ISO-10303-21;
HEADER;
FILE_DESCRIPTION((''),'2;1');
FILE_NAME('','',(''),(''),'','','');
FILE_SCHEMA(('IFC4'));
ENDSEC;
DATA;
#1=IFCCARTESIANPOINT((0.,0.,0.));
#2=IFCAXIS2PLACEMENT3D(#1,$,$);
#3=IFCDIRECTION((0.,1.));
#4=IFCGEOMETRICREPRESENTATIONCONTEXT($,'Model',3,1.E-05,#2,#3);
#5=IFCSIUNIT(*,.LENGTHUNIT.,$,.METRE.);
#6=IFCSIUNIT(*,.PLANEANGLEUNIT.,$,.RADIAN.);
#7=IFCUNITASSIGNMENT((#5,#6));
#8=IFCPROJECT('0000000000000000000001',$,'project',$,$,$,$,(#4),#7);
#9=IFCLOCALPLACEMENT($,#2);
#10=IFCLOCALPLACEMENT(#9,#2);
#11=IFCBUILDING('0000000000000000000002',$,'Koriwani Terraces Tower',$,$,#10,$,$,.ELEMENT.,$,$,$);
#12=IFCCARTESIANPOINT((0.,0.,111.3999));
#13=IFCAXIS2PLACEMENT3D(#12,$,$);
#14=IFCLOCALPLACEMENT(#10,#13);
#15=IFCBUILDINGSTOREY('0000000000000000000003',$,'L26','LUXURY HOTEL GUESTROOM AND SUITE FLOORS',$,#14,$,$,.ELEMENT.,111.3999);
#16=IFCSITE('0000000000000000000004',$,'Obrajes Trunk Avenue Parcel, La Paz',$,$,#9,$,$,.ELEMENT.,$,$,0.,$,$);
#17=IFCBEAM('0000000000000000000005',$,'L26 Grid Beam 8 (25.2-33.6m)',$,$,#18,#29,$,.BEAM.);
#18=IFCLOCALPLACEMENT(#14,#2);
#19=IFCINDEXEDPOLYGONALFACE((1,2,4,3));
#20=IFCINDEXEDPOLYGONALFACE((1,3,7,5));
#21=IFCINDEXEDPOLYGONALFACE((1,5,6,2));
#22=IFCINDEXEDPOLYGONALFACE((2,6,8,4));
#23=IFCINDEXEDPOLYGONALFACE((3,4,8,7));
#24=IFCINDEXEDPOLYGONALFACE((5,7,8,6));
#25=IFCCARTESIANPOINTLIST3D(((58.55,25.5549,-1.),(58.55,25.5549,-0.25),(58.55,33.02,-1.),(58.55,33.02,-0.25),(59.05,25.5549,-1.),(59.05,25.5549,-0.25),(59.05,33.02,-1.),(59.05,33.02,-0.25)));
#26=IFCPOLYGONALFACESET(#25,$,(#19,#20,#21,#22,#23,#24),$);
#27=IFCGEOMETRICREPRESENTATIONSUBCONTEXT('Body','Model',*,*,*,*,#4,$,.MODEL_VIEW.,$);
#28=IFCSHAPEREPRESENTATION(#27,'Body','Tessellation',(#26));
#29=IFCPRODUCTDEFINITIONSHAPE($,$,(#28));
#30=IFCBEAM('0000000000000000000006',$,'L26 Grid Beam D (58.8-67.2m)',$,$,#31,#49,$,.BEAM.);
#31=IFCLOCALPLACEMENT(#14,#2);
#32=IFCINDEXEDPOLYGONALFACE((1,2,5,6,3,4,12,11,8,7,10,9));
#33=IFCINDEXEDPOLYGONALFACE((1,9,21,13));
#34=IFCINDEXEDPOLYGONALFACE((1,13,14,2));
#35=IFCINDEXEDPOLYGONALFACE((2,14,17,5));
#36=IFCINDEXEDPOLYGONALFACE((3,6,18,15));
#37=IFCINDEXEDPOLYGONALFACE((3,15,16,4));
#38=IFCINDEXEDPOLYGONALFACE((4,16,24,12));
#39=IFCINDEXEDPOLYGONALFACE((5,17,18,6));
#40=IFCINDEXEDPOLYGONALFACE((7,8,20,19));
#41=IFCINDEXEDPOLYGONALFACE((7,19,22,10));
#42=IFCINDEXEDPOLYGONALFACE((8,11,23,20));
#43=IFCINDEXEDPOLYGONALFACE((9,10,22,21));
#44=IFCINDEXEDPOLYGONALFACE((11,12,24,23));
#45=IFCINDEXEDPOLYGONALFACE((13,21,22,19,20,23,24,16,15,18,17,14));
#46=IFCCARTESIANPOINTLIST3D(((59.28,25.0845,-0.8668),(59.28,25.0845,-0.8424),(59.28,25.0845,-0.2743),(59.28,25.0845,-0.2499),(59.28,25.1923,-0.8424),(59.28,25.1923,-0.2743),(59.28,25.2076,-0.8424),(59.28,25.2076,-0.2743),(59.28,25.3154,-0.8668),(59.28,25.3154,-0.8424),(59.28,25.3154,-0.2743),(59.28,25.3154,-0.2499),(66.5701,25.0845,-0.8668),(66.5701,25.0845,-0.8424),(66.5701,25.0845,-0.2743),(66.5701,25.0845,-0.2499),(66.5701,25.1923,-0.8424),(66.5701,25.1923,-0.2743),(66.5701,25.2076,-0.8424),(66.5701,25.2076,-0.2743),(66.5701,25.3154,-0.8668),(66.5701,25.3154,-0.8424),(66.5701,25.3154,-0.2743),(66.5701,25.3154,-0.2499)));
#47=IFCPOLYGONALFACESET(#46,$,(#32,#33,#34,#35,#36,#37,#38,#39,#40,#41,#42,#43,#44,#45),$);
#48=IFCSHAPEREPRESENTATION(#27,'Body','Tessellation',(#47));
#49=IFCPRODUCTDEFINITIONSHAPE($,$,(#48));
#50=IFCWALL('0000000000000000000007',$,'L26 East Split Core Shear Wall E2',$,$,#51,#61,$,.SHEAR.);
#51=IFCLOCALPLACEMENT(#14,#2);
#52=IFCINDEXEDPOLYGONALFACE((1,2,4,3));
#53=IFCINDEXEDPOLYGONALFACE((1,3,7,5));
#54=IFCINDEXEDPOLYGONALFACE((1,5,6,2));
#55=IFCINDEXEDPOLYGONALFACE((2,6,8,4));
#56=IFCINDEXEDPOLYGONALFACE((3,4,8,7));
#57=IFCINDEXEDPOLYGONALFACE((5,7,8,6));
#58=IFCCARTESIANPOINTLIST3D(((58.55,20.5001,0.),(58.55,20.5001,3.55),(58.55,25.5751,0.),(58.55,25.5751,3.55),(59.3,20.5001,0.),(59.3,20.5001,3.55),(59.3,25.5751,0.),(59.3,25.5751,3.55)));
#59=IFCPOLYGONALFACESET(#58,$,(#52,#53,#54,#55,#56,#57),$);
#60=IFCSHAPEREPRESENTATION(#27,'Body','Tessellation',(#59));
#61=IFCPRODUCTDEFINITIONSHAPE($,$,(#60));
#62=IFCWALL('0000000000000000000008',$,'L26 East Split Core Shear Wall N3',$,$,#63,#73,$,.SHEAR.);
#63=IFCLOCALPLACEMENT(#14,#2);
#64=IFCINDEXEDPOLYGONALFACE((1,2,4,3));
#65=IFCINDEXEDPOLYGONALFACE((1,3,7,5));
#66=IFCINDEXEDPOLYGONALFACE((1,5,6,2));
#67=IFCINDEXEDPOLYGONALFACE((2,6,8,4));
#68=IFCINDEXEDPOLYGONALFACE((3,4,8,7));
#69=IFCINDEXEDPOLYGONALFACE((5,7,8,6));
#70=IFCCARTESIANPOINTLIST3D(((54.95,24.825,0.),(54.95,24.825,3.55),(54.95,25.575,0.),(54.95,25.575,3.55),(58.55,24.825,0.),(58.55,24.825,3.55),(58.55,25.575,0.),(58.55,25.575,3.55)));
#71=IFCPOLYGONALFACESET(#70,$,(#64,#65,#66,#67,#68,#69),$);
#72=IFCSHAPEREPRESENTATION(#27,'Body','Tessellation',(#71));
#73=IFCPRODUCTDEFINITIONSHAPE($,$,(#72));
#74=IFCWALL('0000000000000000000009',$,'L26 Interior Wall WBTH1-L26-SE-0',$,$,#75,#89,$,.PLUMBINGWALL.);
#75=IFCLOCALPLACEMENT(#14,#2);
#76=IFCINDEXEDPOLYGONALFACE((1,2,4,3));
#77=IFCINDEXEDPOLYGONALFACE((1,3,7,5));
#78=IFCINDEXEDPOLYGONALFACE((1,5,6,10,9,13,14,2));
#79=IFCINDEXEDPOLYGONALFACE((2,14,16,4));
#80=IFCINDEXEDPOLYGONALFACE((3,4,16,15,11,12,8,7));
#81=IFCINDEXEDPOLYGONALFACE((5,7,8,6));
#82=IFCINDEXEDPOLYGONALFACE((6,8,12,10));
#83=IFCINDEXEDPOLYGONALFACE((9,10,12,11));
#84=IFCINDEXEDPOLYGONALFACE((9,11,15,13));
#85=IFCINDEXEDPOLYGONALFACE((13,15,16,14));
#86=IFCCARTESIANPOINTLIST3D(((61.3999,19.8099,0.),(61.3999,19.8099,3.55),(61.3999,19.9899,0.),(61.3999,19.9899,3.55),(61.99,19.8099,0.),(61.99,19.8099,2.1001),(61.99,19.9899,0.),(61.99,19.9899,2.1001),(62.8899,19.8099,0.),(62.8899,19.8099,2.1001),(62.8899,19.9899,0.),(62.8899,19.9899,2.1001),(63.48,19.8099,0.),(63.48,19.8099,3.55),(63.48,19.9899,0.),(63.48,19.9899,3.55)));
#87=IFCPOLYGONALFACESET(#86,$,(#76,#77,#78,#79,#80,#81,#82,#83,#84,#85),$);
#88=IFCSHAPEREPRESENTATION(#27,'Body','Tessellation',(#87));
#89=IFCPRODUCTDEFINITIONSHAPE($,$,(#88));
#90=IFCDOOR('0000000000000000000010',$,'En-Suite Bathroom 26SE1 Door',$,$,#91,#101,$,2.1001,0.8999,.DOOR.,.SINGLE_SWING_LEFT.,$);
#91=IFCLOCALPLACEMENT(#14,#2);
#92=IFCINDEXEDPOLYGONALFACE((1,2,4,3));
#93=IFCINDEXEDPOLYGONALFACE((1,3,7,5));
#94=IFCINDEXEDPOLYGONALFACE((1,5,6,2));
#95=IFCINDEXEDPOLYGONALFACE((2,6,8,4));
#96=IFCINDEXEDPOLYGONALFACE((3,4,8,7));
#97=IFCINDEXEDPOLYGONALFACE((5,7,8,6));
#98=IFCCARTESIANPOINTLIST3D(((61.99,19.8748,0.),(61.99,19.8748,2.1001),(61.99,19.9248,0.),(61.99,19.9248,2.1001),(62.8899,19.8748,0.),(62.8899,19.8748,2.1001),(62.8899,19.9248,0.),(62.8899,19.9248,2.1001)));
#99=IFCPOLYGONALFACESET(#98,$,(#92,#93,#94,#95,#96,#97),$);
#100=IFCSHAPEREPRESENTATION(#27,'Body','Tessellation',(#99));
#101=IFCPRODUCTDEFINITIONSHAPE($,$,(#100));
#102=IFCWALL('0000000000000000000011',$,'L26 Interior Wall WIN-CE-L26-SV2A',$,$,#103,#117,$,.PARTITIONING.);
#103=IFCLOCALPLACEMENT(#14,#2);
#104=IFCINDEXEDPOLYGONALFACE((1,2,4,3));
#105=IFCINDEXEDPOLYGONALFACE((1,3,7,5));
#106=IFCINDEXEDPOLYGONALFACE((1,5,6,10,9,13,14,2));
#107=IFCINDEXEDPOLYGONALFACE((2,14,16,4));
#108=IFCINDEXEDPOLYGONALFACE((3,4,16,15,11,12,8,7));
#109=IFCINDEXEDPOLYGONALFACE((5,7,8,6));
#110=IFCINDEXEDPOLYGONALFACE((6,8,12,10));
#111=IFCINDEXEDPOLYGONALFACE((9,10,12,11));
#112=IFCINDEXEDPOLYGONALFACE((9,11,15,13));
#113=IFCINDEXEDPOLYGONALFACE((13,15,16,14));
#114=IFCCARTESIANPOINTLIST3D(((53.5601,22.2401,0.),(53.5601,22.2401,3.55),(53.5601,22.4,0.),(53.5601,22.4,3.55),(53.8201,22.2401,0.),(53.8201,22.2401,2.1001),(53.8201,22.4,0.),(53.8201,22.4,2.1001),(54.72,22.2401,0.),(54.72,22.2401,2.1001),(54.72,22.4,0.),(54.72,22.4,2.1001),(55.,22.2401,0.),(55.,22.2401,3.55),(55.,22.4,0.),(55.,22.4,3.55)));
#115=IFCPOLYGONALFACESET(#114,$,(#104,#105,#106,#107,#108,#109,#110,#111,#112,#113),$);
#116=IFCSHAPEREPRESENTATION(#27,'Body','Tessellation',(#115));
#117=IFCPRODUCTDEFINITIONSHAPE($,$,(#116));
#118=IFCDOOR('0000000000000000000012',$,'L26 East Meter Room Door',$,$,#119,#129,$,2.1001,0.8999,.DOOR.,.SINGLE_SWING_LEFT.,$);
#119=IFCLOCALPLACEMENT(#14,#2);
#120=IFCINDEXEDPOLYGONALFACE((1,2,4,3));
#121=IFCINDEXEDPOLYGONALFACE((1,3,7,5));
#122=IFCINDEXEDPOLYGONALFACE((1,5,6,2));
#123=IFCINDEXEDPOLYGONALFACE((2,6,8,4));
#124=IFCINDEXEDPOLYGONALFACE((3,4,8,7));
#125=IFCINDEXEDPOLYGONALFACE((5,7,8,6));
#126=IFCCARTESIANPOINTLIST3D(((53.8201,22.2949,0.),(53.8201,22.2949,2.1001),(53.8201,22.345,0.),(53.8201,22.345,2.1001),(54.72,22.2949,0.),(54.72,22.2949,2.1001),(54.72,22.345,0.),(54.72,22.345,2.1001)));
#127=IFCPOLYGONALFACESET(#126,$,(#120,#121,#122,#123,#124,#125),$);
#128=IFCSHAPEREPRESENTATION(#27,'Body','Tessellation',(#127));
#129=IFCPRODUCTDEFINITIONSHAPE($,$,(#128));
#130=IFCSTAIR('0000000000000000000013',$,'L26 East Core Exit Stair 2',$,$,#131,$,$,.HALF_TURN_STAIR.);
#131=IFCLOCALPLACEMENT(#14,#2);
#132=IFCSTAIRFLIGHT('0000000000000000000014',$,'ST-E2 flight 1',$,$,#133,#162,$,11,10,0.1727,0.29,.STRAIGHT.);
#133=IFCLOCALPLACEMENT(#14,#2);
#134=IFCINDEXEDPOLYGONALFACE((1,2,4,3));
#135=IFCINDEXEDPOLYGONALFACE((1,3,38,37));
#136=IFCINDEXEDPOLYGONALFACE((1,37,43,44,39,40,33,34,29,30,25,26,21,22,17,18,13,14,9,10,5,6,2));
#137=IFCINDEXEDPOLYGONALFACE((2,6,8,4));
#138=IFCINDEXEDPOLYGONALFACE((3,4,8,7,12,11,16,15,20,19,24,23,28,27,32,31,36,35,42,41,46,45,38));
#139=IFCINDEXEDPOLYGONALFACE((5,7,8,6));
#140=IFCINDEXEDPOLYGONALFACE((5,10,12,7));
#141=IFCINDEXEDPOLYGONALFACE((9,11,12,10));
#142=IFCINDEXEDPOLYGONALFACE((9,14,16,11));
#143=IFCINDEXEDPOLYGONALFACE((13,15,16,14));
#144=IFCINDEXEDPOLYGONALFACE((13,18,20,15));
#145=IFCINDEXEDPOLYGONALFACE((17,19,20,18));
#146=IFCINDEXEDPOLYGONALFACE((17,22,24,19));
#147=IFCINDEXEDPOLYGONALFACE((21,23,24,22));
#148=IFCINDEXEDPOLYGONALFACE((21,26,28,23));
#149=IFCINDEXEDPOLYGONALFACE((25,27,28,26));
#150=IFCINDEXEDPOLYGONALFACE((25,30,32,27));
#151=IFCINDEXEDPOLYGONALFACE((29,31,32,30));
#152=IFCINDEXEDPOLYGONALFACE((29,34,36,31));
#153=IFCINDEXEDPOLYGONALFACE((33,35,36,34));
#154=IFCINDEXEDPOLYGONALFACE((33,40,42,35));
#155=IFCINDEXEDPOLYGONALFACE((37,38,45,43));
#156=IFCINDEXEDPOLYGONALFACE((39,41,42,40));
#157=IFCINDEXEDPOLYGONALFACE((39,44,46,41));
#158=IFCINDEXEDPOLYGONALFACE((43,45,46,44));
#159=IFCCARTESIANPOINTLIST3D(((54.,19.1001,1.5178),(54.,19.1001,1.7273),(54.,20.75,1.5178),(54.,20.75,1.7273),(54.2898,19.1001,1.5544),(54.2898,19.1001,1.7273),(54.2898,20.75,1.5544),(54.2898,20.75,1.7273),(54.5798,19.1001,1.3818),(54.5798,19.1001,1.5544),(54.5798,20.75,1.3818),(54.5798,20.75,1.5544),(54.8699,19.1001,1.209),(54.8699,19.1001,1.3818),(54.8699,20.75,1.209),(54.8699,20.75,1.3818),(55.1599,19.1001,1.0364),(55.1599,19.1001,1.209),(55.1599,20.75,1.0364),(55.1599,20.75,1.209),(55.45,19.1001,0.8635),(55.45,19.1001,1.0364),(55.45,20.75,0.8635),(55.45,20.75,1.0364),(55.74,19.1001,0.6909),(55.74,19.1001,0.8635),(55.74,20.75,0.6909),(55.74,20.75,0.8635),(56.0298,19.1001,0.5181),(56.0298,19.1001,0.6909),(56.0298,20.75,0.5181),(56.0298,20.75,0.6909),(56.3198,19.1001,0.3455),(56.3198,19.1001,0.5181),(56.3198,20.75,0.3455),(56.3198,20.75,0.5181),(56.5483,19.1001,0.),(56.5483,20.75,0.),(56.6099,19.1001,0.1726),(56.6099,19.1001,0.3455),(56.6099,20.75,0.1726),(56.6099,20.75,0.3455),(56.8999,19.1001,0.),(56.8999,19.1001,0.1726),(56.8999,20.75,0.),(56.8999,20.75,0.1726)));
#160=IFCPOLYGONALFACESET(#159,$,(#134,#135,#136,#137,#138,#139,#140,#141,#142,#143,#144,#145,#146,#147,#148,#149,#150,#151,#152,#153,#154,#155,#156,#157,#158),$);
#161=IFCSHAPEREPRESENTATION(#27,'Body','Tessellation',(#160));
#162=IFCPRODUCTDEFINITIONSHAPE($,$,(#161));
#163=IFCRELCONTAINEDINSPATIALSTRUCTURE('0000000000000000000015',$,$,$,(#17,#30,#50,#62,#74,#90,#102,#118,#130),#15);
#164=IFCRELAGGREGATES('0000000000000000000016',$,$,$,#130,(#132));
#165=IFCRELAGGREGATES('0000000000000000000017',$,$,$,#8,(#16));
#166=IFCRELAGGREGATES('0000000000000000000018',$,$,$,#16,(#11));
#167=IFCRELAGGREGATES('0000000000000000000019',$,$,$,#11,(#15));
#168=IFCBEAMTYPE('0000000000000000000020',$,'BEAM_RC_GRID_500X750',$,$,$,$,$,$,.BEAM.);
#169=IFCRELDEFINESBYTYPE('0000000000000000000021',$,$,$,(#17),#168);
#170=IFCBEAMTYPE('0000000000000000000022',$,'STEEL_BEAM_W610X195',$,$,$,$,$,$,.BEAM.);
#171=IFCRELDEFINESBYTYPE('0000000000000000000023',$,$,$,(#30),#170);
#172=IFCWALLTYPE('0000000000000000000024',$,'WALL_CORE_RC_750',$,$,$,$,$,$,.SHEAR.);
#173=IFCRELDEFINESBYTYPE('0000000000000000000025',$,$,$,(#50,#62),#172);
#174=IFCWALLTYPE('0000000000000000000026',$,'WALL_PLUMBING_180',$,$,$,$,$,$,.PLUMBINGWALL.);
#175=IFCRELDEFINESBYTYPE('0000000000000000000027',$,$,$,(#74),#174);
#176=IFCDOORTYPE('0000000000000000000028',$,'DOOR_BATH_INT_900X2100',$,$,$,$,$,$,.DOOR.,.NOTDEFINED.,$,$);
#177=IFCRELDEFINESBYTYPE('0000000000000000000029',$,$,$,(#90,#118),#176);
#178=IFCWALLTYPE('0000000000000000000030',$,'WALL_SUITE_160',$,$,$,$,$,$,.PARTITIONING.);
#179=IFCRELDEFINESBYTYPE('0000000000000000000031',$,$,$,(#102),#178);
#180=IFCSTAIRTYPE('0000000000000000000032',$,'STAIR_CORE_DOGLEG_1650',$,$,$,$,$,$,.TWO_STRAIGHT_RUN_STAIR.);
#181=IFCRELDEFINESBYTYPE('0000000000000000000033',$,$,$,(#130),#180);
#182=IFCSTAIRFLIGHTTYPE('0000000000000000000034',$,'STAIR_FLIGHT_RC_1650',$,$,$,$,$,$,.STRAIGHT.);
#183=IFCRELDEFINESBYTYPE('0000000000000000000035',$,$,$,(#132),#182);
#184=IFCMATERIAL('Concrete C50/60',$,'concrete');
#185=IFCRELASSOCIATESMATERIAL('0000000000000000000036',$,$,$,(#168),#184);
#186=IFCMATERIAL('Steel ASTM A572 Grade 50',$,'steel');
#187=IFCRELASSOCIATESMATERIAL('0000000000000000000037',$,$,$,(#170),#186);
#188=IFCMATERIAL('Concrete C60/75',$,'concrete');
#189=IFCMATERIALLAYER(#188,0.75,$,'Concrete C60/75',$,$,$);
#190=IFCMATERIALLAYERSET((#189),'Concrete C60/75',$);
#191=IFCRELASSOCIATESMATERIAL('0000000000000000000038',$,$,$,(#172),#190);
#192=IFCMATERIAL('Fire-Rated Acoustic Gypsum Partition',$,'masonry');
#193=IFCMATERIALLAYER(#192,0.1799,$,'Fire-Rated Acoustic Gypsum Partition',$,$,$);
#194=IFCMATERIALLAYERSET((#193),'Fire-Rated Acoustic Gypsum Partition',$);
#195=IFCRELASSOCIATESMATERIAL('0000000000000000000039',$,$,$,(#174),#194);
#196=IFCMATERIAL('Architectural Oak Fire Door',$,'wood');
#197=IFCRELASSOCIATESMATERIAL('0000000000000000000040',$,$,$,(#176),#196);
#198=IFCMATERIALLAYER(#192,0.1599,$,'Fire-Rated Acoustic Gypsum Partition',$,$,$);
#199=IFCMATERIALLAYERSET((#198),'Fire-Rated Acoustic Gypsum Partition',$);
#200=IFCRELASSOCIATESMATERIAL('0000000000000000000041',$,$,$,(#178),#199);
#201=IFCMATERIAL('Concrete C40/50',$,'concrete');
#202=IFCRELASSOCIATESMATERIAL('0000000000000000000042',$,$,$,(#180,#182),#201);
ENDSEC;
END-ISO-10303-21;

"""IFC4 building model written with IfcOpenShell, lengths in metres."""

from ifc_helpers import new_model, si_unit, direction, frame, frame_2d, origin, origin_2d, place, context, subcontext, project, spatial, polyline, rectangle, i_section, outline, extrude, material, layer, layer_set, material_profile, profile_set, type_object, element, fill, aggregate, save


model = new_model("IFC4")

# Units and contexts
model_context = context("Model", 3, precision=1e-05, world=origin(), true_north=direction((0.0, 1.0)))
body_context = subcontext(model_context, "Body", "Model", "MODEL_VIEW")
ifc_project = project(units=[si_unit("LENGTHUNIT", "METRE"), si_unit("PLANEANGLEUNIT", "RADIAN")], contexts=[model_context])

# Site, building, storey
site_placement = place(None, origin())
site = spatial("IfcSite", under=ifc_project, at=site_placement, Name="Obrajes Trunk Avenue Parcel, La Paz", CompositionType="ELEMENT", RefElevation=0.0)
building_placement = place(site_placement, origin())
building = spatial("IfcBuilding", under=site, at=building_placement, Name="Koriwani Terraces Tower", CompositionType="ELEMENT")
storey_placement = place(building_placement, frame((0.0, 0.0, 111.3999)))
storey = spatial("IfcBuildingStorey", under=building, at=storey_placement, Name="L26", Description="LUXURY HOTEL GUESTROOM AND SUITE FLOORS", CompositionType="ELEMENT", Elevation=111.3999)

# Beams
ifc_material_1 = material(Name="Concrete C50/60", Category="concrete")
ifc_material_profile_1 = material_profile(ifc_material_1, rectangle(XDim=0.5, YDim=0.75, at=origin_2d()), Name="Concrete C50/60", Category="LoadBearing")
ifc_profile_set_1 = profile_set([ifc_material_profile_1], Name="Concrete C50/60")
beam_type_1 = type_object("IfcBeamType", Name="BEAM_RC_GRID_500X750", PredefinedType="BEAM", material=ifc_profile_set_1)
beam_1_placement = place(storey_placement, frame((58.8, 25.5549, -0.625), z_axis=(0.0, 1.0, 0.0), x_axis=(-1.0, 0.0, 0.0)))
element("IfcBeam", 1, at=beam_1_placement, inside=storey, type_object=beam_type_1, Name="L26 Grid Beam 8 (25.2-33.6m)", PredefinedType="BEAM", context=body_context, shape_type="SweptSolid", body=[
    extrude(rectangle(XDim=0.5, YDim=0.75, at=origin_2d()), origin(), (0.0, 0.0, 1.0), 7.4651),
])
ifc_material_2 = material(Name="Steel ASTM A572 Grade 50", Category="steel")
ifc_material_profile_2 = material_profile(ifc_material_2, i_section(OverallWidth=0.231, OverallDepth=0.6169, WebThickness=0.0154, FlangeThickness=0.0244, at=origin_2d()), Name="Steel ASTM A572 Grade 50", Category="LoadBearing")
ifc_profile_set_2 = profile_set([ifc_material_profile_2], Name="Steel ASTM A572 Grade 50")
beam_type_2 = type_object("IfcBeamType", Name="STEEL_BEAM_W610X195", PredefinedType="BEAM", material=ifc_profile_set_2)
beam_2_placement = place(storey_placement, frame((59.28, 25.2, -0.5583), z_axis=(1.0, 0.0, 0.0), x_axis=(0.0, 1.0, 0.0)))
element("IfcBeam", 2, at=beam_2_placement, inside=storey, type_object=beam_type_2, Name="L26 Grid Beam D (58.8-67.2m)", PredefinedType="BEAM", context=body_context, shape_type="SweptSolid", body=[
    extrude(i_section(OverallWidth=0.231, OverallDepth=0.6169, WebThickness=0.0154, FlangeThickness=0.0244, at=origin_2d()), origin(), (0.0, 0.0, 1.0), 7.29),
])

# Walls
ifc_material_3 = material(Name="Concrete C60/75", Category="concrete")
ifc_layer_1 = layer(ifc_material_3, 0.75, Name="Concrete C60/75")
ifc_layer_set_1 = layer_set([ifc_layer_1], Name="Concrete C60/75")
wall_type_1 = type_object("IfcWallType", Name="WALL_CORE_RC_750", PredefinedType="SHEAR", material=ifc_layer_set_1)
wall_1_placement = place(storey_placement, frame((58.925, 20.5, 0.0), z_axis=(0.0, 0.0, 1.0), x_axis=(0.0, 1.0, 0.0)))
element("IfcWall", 3, at=wall_1_placement, inside=storey, type_object=wall_type_1, Name="L26 East Split Core Shear Wall E2", PredefinedType="SHEAR", context=body_context, shape_type="SweptSolid", body=[
    extrude(rectangle(XDim=5.075, YDim=0.75, at=frame_2d((2.5376, 0.0))), origin(), (0.0, 0.0, 1.0), 3.55),
])
wall_2_placement = place(storey_placement, frame((54.95, 25.2, 0.0), z_axis=(0.0, 0.0, 1.0), x_axis=(1.0, 0.0, 0.0)))
element("IfcWall", 4, at=wall_2_placement, inside=storey, type_object=wall_type_1, Name="L26 East Split Core Shear Wall N3", PredefinedType="SHEAR", context=body_context, shape_type="SweptSolid", body=[
    extrude(rectangle(XDim=3.6001, YDim=0.75, at=frame_2d((1.8, 0.0))), origin(), (0.0, 0.0, 1.0), 3.55),
])

# Walls, openings, doors
ifc_material_4 = material(Name="Fire-Rated Acoustic Gypsum Partition", Category="masonry")
ifc_layer_2 = layer(ifc_material_4, 0.1799, Name="Fire-Rated Acoustic Gypsum Partition")
ifc_layer_set_2 = layer_set([ifc_layer_2], Name="Fire-Rated Acoustic Gypsum Partition")
wall_type_2 = type_object("IfcWallType", Name="WALL_PLUMBING_180", PredefinedType="PLUMBINGWALL", material=ifc_layer_set_2)
wall_3_placement = place(storey_placement, frame((61.3999, 19.8999, 0.0), z_axis=(0.0, 0.0, 1.0), x_axis=(1.0, 0.0, 0.0)))
wall_3 = element("IfcWall", 5, at=wall_3_placement, inside=storey, type_object=wall_type_2, Name="L26 Interior Wall WBTH1-L26-SE-0", PredefinedType="PLUMBINGWALL", context=body_context, shape_type="SweptSolid", body=[
    extrude(rectangle(XDim=2.0801, YDim=0.1799, at=frame_2d((1.04, 0.0))), origin(), (0.0, 0.0, 1.0), 3.55),
])
opening_1_placement = place(wall_3_placement, frame((0.5901, 0.0, 0.0)))
opening_1 = element("IfcOpeningElement", 6, at=opening_1_placement, cuts=wall_3, PredefinedType="OPENING", context=body_context, shape_type="SweptSolid", body=[
    extrude(rectangle(XDim=0.8999, YDim=2.1001, at=frame_2d((0.45, 1.05))), frame((0.0, 0.1001, 0.0), z_axis=(0.0, -1.0, 0.0), x_axis=(1.0, 0.0, 0.0)), (0.0, 0.0, 1.0), 0.2),
])
ifc_material_5 = material(Name="Architectural Oak Fire Door", Category="wood")
door_type_1 = type_object("IfcDoorType", Name="DOOR_BATH_INT_900X2100", OperationType="NOTDEFINED", PredefinedType="DOOR", material=ifc_material_5)
door_1_placement = place(opening_1_placement, origin())
door_1 = element("IfcDoor", 7, at=door_1_placement, inside=storey, type_object=door_type_1, Name="En-Suite Bathroom 26SE1 Door", OperationType="SINGLE_SWING_LEFT", OverallHeight=2.1001, OverallWidth=0.8999, PredefinedType="DOOR", context=body_context, shape_type="SweptSolid", body=[
    extrude(rectangle(XDim=0.8999, YDim=2.1001, at=frame_2d((0.45, 1.05))), frame((0.0, 0.0249, 0.0), z_axis=(0.0, -1.0, 0.0), x_axis=(1.0, 0.0, 0.0)), (0.0, 0.0, 1.0), 0.05),
])
fill(opening_1, door_1)
ifc_material_6 = material(Name="Concrete C40/50", Category="concrete")
ifc_layer_3 = layer(ifc_material_4, 0.1599, Name="Fire-Rated Acoustic Gypsum Partition")
ifc_layer_set_3 = layer_set([ifc_layer_3], Name="Fire-Rated Acoustic Gypsum Partition")
wall_type_3 = type_object("IfcWallType", Name="WALL_SUITE_160", PredefinedType="PARTITIONING", material=ifc_layer_set_3)
wall_4_placement = place(storey_placement, frame((53.5601, 22.3201, 0.0), z_axis=(0.0, 0.0, 1.0), x_axis=(1.0, 0.0, 0.0)))
wall_4 = element("IfcWall", 8, at=wall_4_placement, inside=storey, type_object=wall_type_3, Name="L26 Interior Wall WIN-CE-L26-SV2A", PredefinedType="PARTITIONING", context=body_context, shape_type="SweptSolid", body=[
    extrude(rectangle(XDim=1.4399, YDim=0.1599, at=frame_2d((0.72, 0.0))), origin(), (0.0, 0.0, 1.0), 3.55),
])
opening_2_placement = place(wall_4_placement, frame((0.26, 0.0, 0.0)))
opening_2 = element("IfcOpeningElement", 9, at=opening_2_placement, cuts=wall_4, PredefinedType="OPENING", context=body_context, shape_type="SweptSolid", body=[
    extrude(rectangle(XDim=0.8999, YDim=2.1001, at=frame_2d((0.45, 1.05))), frame((0.0, 0.0898, 0.0), z_axis=(0.0, -1.0, 0.0), x_axis=(1.0, 0.0, 0.0)), (0.0, 0.0, 1.0), 0.1799),
])
door_2_placement = place(opening_2_placement, origin())
door_2 = element("IfcDoor", 10, at=door_2_placement, inside=storey, type_object=door_type_1, Name="L26 East Meter Room Door", OperationType="SINGLE_SWING_LEFT", OverallHeight=2.1001, OverallWidth=0.8999, PredefinedType="DOOR", context=body_context, shape_type="SweptSolid", body=[
    extrude(rectangle(XDim=0.8999, YDim=2.1001, at=frame_2d((0.45, 1.05))), frame((0.0, 0.0249, 0.0), z_axis=(0.0, -1.0, 0.0), x_axis=(1.0, 0.0, 0.0)), (0.0, 0.0, 1.0), 0.05),
])
fill(opening_2, door_2)

# Stair, stair flight
stair_type = type_object("IfcStairType", Name="STAIR_CORE_DOGLEG_1650", PredefinedType="TWO_STRAIGHT_RUN_STAIR", material=ifc_material_6)
stair_placement = place(storey_placement, origin())
stair = element("IfcStair", 11, at=stair_placement, inside=storey, type_object=stair_type, Name="L26 East Core Exit Stair 2", PredefinedType="HALF_TURN_STAIR")
stair_flight_type = type_object("IfcStairFlightType", Name="STAIR_FLIGHT_RC_1650", PredefinedType="STRAIGHT", material=ifc_material_6)
stair_flight_placement = place(storey_placement, frame((56.8999, 19.925, 0.0), z_axis=(0.0, 0.0, 1.0), x_axis=(-1.0, 0.0, 0.0)))
stair_flight = element("IfcStairFlight", 12, at=stair_flight_placement, type_object=stair_flight_type, Name="ST-E2 flight 1", NumberOfRisers=11, NumberOfTreads=10, PredefinedType="STRAIGHT", RiserHeight=0.1727, TreadLength=0.29, context=body_context, shape_type="SweptSolid", body=[
    extrude(outline(polyline([(0.0, 0.0), (0.0, 0.1726), (0.29, 0.1726), (0.29, 0.3455), (0.5801, 0.3455), (0.5801, 0.5181), (0.8701, 0.5181), (0.8701, 0.6909), (1.1599, 0.6909), (1.1599, 0.8635), (1.45, 0.8635), (1.45, 1.0364), (1.74, 1.0364), (1.74, 1.209), (2.03, 1.209), (2.03, 1.3818), (2.3201, 1.3818), (2.3201, 1.5544), (2.6101, 1.5544), (2.6101, 1.7273), (2.8999, 1.7273), (2.8999, 1.8999), (2.8999, 1.5178), (0.3516, 0.0), (0.0, 0.0)])), frame((0.0, 0.825, 0.0), z_axis=(0.0, -1.0, 0.0), x_axis=(1.0, 0.0, 0.0)), (0.0, 0.0, 1.0), 1.6499),
])
aggregate(stair, [stair_flight])

save(model, "model.ifc")
